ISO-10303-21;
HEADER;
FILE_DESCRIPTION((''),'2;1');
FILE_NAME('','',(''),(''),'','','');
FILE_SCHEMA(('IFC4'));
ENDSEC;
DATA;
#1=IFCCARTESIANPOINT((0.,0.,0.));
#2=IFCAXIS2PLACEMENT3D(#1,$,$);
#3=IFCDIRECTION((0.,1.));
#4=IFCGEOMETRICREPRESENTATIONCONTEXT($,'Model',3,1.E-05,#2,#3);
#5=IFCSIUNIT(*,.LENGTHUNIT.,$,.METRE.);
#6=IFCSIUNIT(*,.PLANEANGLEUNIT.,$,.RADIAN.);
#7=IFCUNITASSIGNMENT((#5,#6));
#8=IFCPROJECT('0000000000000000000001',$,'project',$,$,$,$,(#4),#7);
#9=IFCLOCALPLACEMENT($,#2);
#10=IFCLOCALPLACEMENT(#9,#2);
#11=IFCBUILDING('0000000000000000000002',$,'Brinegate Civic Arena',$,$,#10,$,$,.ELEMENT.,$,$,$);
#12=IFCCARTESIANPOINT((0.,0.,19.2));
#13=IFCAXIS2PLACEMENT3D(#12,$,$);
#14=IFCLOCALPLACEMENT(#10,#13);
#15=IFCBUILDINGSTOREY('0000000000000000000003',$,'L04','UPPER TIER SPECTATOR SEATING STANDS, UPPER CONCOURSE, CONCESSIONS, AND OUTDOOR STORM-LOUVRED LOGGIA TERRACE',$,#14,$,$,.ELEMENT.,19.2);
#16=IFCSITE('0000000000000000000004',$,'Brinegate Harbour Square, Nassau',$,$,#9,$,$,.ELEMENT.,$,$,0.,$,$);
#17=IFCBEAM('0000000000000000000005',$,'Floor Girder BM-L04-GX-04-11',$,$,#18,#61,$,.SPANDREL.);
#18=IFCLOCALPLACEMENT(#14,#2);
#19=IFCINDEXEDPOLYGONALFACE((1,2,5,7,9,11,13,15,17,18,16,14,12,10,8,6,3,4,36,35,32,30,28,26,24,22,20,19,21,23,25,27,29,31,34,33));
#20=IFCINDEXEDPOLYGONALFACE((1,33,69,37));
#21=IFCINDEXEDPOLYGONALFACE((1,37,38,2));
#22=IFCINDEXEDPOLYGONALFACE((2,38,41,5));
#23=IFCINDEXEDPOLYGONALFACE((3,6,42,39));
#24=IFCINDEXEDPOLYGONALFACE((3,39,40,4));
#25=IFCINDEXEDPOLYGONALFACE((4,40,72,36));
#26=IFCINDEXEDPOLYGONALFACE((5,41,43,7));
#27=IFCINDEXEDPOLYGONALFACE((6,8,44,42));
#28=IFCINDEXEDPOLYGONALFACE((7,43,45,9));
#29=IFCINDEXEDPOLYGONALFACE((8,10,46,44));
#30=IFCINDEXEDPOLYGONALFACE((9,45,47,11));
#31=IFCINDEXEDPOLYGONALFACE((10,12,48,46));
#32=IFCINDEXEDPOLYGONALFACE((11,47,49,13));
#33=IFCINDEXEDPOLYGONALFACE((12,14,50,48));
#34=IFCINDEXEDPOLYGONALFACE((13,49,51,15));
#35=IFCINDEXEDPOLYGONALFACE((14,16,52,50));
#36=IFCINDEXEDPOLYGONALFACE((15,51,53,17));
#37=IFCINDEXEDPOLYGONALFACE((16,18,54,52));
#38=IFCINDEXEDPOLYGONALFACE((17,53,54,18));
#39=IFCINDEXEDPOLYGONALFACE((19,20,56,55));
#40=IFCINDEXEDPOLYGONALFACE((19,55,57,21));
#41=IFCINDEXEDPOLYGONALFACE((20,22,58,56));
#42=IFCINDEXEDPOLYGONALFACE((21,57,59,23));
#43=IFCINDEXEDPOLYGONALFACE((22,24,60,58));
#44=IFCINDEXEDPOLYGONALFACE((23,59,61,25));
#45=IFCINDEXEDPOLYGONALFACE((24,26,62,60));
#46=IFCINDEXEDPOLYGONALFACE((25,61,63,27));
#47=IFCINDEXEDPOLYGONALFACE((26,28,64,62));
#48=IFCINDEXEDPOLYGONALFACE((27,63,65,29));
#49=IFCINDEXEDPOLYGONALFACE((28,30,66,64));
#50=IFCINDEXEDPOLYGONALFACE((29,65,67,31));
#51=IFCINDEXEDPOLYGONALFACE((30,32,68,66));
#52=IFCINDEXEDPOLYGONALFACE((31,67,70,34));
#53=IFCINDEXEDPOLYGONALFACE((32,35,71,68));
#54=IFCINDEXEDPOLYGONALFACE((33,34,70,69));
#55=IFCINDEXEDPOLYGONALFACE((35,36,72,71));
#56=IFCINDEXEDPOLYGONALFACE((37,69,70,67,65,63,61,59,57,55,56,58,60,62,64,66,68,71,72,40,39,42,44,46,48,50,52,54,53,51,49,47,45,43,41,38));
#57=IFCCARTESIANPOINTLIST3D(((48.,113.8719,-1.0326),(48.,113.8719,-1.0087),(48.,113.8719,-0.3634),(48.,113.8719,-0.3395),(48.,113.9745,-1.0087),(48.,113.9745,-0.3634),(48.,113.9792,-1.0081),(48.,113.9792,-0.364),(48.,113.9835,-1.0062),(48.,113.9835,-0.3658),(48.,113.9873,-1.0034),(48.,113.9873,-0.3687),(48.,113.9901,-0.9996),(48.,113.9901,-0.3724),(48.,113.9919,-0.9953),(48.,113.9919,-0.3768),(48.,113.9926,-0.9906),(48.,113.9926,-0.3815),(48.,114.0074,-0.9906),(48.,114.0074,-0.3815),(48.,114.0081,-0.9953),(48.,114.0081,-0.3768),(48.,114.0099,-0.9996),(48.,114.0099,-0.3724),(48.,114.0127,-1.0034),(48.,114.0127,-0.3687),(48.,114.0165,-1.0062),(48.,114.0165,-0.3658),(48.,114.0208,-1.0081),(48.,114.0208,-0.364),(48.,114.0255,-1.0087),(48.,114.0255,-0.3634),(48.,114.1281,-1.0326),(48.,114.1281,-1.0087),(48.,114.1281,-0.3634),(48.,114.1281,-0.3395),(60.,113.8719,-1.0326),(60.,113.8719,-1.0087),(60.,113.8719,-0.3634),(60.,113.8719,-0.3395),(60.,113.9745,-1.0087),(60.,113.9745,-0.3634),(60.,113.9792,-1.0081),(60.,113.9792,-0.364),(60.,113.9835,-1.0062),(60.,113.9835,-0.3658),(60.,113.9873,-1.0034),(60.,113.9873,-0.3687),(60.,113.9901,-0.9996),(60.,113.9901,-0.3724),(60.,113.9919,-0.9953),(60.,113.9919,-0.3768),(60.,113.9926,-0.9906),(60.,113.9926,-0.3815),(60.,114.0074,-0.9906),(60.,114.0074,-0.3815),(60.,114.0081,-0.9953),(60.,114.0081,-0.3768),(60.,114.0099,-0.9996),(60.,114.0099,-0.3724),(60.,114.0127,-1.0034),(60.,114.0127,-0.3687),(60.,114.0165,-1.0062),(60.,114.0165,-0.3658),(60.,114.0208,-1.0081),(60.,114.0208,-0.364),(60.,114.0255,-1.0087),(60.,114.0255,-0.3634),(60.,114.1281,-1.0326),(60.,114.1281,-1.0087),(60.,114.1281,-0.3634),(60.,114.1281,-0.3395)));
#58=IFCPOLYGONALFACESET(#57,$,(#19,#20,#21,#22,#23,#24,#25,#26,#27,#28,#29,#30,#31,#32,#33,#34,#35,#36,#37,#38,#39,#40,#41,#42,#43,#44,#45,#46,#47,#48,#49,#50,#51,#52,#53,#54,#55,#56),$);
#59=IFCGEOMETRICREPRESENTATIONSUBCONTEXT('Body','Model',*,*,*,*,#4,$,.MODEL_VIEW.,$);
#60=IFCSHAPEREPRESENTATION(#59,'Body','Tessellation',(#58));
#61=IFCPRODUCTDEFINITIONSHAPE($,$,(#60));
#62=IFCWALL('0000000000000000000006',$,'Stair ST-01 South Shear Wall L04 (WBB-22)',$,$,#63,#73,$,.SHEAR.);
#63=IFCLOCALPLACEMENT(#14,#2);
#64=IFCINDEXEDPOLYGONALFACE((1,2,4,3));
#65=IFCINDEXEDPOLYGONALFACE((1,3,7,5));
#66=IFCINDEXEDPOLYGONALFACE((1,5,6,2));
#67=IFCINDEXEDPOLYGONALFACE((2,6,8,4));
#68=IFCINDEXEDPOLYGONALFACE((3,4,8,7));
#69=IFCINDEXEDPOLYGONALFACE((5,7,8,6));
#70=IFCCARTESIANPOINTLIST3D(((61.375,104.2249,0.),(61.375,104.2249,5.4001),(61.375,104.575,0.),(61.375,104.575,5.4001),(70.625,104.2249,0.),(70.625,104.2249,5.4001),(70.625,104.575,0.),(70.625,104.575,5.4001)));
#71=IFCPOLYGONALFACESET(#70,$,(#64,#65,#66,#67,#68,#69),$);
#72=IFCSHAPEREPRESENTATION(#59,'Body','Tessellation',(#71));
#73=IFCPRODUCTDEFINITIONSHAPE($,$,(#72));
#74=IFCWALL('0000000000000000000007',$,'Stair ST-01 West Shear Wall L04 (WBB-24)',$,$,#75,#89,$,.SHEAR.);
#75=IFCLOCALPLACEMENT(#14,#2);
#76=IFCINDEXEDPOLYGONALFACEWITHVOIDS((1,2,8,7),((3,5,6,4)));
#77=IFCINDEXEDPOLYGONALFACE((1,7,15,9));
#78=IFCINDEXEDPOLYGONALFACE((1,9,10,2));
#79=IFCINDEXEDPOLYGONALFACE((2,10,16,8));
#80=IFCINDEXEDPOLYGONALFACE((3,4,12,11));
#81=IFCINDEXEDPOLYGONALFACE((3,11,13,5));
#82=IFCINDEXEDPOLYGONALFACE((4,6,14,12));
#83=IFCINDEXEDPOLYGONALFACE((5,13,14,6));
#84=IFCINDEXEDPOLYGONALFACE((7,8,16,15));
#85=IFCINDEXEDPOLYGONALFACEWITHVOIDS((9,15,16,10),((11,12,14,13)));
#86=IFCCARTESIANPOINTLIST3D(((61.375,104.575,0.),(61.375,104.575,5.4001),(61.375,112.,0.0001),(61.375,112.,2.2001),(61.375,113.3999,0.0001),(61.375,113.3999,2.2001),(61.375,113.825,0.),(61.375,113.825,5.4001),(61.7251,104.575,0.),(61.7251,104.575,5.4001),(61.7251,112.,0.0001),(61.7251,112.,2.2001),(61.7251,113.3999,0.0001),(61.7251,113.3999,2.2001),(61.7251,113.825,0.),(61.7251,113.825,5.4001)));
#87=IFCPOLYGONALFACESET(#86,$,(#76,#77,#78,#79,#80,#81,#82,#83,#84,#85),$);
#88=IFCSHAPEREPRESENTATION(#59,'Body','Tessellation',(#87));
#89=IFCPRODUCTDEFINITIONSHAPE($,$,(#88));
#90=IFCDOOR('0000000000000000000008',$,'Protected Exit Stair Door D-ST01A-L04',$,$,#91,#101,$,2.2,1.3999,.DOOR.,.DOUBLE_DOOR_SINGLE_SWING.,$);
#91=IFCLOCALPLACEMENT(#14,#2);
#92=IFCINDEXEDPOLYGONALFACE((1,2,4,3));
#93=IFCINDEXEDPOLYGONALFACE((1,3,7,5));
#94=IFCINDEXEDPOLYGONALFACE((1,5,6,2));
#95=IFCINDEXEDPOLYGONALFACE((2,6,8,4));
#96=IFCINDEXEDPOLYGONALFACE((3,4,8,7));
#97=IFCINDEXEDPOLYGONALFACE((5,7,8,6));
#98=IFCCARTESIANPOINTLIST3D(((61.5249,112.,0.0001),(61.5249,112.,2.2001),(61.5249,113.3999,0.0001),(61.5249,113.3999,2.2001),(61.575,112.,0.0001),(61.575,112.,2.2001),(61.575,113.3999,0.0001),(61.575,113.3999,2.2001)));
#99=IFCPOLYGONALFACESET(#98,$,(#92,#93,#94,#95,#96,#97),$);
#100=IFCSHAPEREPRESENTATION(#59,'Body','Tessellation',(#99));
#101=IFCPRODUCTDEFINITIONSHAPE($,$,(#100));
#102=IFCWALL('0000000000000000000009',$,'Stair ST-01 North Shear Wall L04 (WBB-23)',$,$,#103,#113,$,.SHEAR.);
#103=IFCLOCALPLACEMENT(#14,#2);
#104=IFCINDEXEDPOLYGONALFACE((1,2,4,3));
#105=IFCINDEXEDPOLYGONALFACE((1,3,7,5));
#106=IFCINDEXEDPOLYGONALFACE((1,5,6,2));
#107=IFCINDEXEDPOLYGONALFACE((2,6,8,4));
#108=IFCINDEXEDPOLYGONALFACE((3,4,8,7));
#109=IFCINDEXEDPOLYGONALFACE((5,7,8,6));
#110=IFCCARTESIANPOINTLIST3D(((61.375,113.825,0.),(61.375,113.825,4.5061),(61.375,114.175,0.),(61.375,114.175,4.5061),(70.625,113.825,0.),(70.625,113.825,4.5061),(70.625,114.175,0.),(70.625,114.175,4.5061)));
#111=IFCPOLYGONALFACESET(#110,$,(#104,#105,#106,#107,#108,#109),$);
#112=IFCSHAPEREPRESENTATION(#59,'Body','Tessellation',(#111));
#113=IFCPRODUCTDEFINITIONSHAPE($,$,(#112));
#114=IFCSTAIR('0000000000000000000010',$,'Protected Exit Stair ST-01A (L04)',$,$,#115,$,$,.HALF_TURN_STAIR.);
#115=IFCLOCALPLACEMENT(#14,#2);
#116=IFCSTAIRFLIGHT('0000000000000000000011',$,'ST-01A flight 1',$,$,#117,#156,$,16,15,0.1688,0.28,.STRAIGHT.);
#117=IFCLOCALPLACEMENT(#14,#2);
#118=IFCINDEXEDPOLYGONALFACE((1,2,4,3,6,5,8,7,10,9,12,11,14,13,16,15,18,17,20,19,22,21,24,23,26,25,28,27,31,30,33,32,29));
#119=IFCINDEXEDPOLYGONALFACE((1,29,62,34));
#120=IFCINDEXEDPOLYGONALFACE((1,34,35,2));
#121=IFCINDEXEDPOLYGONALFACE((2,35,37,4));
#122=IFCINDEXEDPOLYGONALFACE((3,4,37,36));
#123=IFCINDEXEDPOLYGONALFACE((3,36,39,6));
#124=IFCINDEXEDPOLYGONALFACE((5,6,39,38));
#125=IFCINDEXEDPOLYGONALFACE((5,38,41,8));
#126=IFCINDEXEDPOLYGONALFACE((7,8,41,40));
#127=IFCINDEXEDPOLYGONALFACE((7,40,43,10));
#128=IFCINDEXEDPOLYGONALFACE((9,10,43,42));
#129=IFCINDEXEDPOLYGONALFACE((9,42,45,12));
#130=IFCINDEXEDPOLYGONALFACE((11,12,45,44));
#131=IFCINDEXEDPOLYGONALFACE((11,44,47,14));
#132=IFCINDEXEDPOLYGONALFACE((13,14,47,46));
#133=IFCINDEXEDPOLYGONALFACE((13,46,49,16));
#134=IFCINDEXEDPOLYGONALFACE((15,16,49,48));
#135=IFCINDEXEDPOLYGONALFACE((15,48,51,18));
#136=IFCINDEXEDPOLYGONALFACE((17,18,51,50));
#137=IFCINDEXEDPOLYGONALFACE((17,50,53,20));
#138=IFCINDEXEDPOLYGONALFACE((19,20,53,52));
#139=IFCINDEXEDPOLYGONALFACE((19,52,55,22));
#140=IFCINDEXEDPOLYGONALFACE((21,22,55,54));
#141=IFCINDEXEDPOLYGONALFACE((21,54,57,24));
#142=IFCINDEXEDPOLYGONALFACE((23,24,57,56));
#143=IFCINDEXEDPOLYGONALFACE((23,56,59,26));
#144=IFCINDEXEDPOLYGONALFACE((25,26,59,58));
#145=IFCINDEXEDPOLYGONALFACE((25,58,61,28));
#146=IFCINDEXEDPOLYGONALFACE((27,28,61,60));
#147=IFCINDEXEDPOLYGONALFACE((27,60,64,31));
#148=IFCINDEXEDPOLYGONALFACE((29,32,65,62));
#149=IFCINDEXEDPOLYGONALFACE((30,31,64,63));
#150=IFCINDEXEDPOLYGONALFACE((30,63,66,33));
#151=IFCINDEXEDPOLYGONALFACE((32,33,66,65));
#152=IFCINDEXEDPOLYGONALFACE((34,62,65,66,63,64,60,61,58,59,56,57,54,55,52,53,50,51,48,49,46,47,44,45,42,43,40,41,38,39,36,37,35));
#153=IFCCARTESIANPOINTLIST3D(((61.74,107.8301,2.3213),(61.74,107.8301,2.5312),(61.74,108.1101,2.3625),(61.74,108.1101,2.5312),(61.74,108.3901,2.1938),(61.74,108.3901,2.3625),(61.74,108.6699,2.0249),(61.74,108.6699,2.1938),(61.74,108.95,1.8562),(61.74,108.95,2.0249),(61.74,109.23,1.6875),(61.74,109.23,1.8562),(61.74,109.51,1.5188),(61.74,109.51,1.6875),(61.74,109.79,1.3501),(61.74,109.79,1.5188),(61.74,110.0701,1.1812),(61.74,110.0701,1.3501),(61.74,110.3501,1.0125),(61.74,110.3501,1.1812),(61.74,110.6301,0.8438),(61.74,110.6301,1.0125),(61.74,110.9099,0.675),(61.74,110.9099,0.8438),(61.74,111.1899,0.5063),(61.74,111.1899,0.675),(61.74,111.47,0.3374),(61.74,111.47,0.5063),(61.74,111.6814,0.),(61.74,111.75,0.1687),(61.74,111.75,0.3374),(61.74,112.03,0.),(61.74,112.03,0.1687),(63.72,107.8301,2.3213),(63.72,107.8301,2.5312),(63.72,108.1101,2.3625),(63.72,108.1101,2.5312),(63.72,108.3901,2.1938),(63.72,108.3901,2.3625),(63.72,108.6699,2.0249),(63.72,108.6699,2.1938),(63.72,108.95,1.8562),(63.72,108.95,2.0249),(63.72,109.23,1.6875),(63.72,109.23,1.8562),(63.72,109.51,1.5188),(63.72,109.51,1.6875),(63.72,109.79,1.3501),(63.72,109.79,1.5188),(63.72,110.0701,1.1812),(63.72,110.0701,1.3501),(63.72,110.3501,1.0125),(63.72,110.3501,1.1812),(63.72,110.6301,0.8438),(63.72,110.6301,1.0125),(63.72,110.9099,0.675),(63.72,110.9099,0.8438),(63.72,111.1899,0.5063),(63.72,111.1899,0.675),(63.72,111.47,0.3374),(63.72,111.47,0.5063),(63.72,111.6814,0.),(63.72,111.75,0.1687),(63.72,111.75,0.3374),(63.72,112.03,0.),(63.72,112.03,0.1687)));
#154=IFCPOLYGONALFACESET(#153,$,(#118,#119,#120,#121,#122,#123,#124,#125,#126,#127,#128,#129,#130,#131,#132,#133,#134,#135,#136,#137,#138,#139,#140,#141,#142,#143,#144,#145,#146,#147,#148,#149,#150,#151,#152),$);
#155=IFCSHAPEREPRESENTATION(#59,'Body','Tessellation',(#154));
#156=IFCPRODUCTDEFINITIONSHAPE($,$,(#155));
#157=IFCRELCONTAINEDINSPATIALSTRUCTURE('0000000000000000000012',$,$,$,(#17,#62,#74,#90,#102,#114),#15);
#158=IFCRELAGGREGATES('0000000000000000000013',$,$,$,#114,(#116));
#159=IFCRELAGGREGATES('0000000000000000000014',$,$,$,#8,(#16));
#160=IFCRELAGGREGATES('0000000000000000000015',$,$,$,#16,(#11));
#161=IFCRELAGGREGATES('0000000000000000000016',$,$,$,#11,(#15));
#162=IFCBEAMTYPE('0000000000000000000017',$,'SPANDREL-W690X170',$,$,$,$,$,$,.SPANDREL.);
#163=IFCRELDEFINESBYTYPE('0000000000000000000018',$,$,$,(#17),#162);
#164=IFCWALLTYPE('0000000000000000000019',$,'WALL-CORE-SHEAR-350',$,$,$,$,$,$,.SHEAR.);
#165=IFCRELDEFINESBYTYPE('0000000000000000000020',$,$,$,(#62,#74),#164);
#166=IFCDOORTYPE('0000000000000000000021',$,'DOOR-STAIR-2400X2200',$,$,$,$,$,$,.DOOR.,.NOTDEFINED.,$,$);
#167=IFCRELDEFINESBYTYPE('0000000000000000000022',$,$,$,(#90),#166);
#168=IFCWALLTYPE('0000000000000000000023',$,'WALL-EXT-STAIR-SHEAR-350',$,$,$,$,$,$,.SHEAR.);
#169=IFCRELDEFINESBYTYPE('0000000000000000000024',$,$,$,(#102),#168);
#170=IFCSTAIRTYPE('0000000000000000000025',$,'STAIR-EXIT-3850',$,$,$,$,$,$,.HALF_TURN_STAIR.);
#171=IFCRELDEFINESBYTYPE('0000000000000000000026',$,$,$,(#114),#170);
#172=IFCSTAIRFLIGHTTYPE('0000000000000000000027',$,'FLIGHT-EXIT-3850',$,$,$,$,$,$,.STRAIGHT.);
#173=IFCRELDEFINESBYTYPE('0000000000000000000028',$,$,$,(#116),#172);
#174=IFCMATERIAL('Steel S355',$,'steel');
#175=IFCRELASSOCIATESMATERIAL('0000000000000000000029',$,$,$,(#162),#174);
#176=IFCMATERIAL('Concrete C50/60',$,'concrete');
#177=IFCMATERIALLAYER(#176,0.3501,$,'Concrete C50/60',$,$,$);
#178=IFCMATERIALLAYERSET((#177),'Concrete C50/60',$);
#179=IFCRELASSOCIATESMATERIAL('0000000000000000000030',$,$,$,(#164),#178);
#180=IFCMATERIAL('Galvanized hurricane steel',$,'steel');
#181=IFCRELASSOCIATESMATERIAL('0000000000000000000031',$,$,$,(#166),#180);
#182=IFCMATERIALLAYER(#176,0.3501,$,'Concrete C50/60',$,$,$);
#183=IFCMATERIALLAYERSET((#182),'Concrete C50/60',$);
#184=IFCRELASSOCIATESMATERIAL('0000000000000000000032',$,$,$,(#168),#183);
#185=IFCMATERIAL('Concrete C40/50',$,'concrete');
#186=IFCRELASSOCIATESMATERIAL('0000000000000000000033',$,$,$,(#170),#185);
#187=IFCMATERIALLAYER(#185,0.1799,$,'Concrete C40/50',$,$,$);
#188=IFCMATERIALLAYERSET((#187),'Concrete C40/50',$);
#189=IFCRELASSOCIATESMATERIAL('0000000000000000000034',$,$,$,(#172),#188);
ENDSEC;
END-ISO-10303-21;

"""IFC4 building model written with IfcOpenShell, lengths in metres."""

from ifc_helpers import new_model, si_unit, direction, frame, frame_2d, origin, origin_2d, place, context, subcontext, project, spatial, polyline, rectangle, i_section, outline, extrude, material, layer, layer_set, material_profile, profile_set, type_object, element, fill, aggregate, save


model = new_model("IFC4")

# Units and contexts
model_context = context("Model", 3, precision=1e-05, world=origin(), true_north=direction((0.0, 1.0)))
body_context = subcontext(model_context, "Body", "Model", "MODEL_VIEW")
ifc_project = project(units=[si_unit("LENGTHUNIT", "METRE"), si_unit("PLANEANGLEUNIT", "RADIAN")], contexts=[model_context])

# Site, building, storey
site_placement = place(None, origin())
site = spatial("IfcSite", under=ifc_project, at=site_placement, Name="Brinegate Harbour Square, Nassau", CompositionType="ELEMENT", RefElevation=0.0)
building_placement = place(site_placement, origin())
building = spatial("IfcBuilding", under=site, at=building_placement, Name="Brinegate Civic Arena", CompositionType="ELEMENT")
storey_placement = place(building_placement, frame((0.0, 0.0, 19.2)))
storey = spatial("IfcBuildingStorey", under=building, at=storey_placement, Name="L04", Description="UPPER TIER SPECTATOR SEATING STANDS, UPPER CONCOURSE, CONCESSIONS, AND OUTDOOR STORM-LOUVRED LOGGIA TERRACE", CompositionType="ELEMENT", Elevation=19.2)

# Shared definitions
ifc_material_1 = material(Name="Concrete C50/60", Category="concrete")

# Beam
ifc_material_2 = material(Name="Steel S355", Category="steel")
ifc_material_profile_1 = material_profile(ifc_material_2, i_section(OverallWidth=0.2561, OverallDepth=0.6931, WebThickness=0.0149, FlangeThickness=0.0239, FilletRadius=0.0181, at=origin_2d()), Name="W690X170")
ifc_profile_set_1 = profile_set([ifc_material_profile_1], Name="Steel S355")
beam_type_1 = type_object("IfcBeamType", Name="SPANDREL-W690X170", PredefinedType="SPANDREL", material=ifc_profile_set_1)
beam_1_placement = place(storey_placement, frame((48.0, 114.0, -0.686), z_axis=(1.0, 0.0, 0.0), x_axis=(0.0, 1.0, 0.0)))
element("IfcBeam", 1, at=beam_1_placement, inside=storey, type_object=beam_type_1, Name="Floor Girder BM-L04-GX-04-11", PredefinedType="SPANDREL", context=body_context, shape_type="SweptSolid", body=[
    extrude(i_section(OverallWidth=0.2561, OverallDepth=0.6931, WebThickness=0.0149, FlangeThickness=0.0239, FilletRadius=0.0181, at=origin_2d()), origin(), (0.0, 0.0, 1.0), 12.0),
])

# Wall
ifc_layer_1 = layer(ifc_material_1, 0.3501, Name="Concrete C50/60")
ifc_layer_set_1 = layer_set([ifc_layer_1], Name="Concrete C50/60")
wall_type_1 = type_object("IfcWallType", Name="WALL-CORE-SHEAR-350", PredefinedType="SHEAR", material=ifc_layer_set_1)
wall_1_placement = place(storey_placement, frame((61.375, 104.3999, 0.0), z_axis=(0.0, 0.0, 1.0), x_axis=(1.0, 0.0, 0.0)))
element("IfcWall", 2, at=wall_1_placement, inside=storey, type_object=wall_type_1, Name="Stair ST-01 South Shear Wall L04 (WBB-22)", PredefinedType="SHEAR", context=body_context, shape_type="SweptSolid", body=[
    extrude(rectangle(XDim=9.25, YDim=0.3501, at=frame_2d((4.625, 0.0))), origin(), (0.0, 0.0, 1.0), 5.4001),
])

# Wall, opening, door
wall_2_placement = place(storey_placement, frame((61.55, 104.575, 0.0), z_axis=(0.0, 0.0, 1.0), x_axis=(0.0, 1.0, 0.0)))
wall_2 = element("IfcWall", 3, at=wall_2_placement, inside=storey, type_object=wall_type_1, Name="Stair ST-01 West Shear Wall L04 (WBB-24)", PredefinedType="SHEAR", context=body_context, shape_type="SweptSolid", body=[
    extrude(rectangle(XDim=9.25, YDim=0.3501, at=frame_2d((4.625, 0.0))), origin(), (0.0, 0.0, 1.0), 5.4001),
])
opening_placement = place(wall_2_placement, frame((7.425, 0.0, 0.0)))
opening = element("IfcOpeningElement", 4, at=opening_placement, cuts=wall_2, PredefinedType="OPENING", context=body_context, shape_type="SweptSolid", body=[
    extrude(rectangle(XDim=1.3999, YDim=2.2, at=frame_2d((0.7, 1.1001))), frame((0.0, 0.1851, 0.0), z_axis=(0.0, -1.0, 0.0), x_axis=(1.0, 0.0, 0.0)), (0.0, 0.0, 1.0), 0.3701),
])
ifc_material_3 = material(Name="Galvanized hurricane steel", Category="steel")
door_type = type_object("IfcDoorType", Name="DOOR-STAIR-2400X2200", OperationType="NOTDEFINED", PredefinedType="DOOR", material=ifc_material_3)
door_placement = place(opening_placement, frame((1.3999, 0.0, 0.0), z_axis=(0.0, 0.0, 1.0), x_axis=(-1.0, 0.0, 0.0)))
door = element("IfcDoor", 5, at=door_placement, inside=storey, type_object=door_type, Name="Protected Exit Stair Door D-ST01A-L04", OperationType="DOUBLE_DOOR_SINGLE_SWING", OverallHeight=2.2, OverallWidth=1.3999, PredefinedType="DOOR", context=body_context, shape_type="SweptSolid", body=[
    extrude(rectangle(XDim=1.3999, YDim=2.2, at=frame_2d((0.7, 1.1001))), frame((0.0, 0.0249, 0.0), z_axis=(0.0, -1.0, 0.0), x_axis=(1.0, 0.0, 0.0)), (0.0, 0.0, 1.0), 0.05),
])
fill(opening, door)

# Wall
ifc_layer_2 = layer(ifc_material_1, 0.3501, Name="Concrete C50/60")
ifc_layer_set_2 = layer_set([ifc_layer_2], Name="Concrete C50/60")
wall_type_2 = type_object("IfcWallType", Name="WALL-EXT-STAIR-SHEAR-350", PredefinedType="SHEAR", material=ifc_layer_set_2)
wall_3_placement = place(storey_placement, frame((61.375, 114.0, 0.0), z_axis=(0.0, 0.0, 1.0), x_axis=(1.0, 0.0, 0.0)))
element("IfcWall", 6, at=wall_3_placement, inside=storey, type_object=wall_type_2, Name="Stair ST-01 North Shear Wall L04 (WBB-23)", PredefinedType="SHEAR", context=body_context, shape_type="SweptSolid", body=[
    extrude(rectangle(XDim=9.25, YDim=0.3501, at=frame_2d((4.625, 0.0))), origin(), (0.0, 0.0, 1.0), 4.5061),
])

# Stair, stair flight
ifc_material_4 = material(Name="Concrete C40/50", Category="concrete")
stair_type = type_object("IfcStairType", Name="STAIR-EXIT-3850", PredefinedType="HALF_TURN_STAIR", material=ifc_material_4)
stair_placement = place(storey_placement, origin())
stair = element("IfcStair", 7, at=stair_placement, inside=storey, type_object=stair_type, Name="Protected Exit Stair ST-01A (L04)", PredefinedType="HALF_TURN_STAIR")
ifc_layer_3 = layer(ifc_material_4, 0.1799, Name="Concrete C40/50")
ifc_layer_set_3 = layer_set([ifc_layer_3], Name="Concrete C40/50")
stair_flight_type = type_object("IfcStairFlightType", Name="FLIGHT-EXIT-3850", PredefinedType="STRAIGHT", material=ifc_layer_set_3)
stair_flight_1_placement = place(storey_placement, frame((62.73, 112.03, 0.0), z_axis=(0.0, 0.0, 1.0), x_axis=(0.0, -1.0, 0.0)))
stair_flight_1 = element("IfcStairFlight", 8, at=stair_flight_1_placement, type_object=stair_flight_type, Name="ST-01A flight 1", NumberOfRisers=16, NumberOfTreads=15, PredefinedType="STRAIGHT", RiserHeight=0.1688, TreadLength=0.28, context=body_context, shape_type="SweptSolid", body=[
    extrude(outline(polyline([(0.0, 0.0), (0.0, 0.1687), (0.28, 0.1687), (0.28, 0.3374), (0.5601, 0.3374), (0.5601, 0.5063), (0.8401, 0.5063), (0.8401, 0.675), (1.1201, 0.675), (1.1201, 0.8438), (1.3999, 0.8438), (1.3999, 1.0125), (1.6799, 1.0125), (1.6799, 1.1812), (1.96, 1.1812), (1.96, 1.3501), (2.24, 1.3501), (2.24, 1.5188), (2.52, 1.5188), (2.52, 1.6875), (2.8, 1.6875), (2.8, 1.8562), (3.0801, 1.8562), (3.0801, 2.0249), (3.3601, 2.0249), (3.3601, 2.1938), (3.6399, 2.1938), (3.6399, 2.3625), (3.9199, 2.3625), (3.9199, 2.5312), (4.2, 2.5312), (4.2, 2.7), (4.2, 2.3213), (0.3486, 0.0), (0.0, 0.0)])), frame((0.0, 0.99, 0.0), z_axis=(0.0, -1.0, 0.0), x_axis=(1.0, 0.0, 0.0)), (0.0, 0.0, 1.0), 1.98),
])
aggregate(stair, [stair_flight_1])

save(model, "model.ifc")
